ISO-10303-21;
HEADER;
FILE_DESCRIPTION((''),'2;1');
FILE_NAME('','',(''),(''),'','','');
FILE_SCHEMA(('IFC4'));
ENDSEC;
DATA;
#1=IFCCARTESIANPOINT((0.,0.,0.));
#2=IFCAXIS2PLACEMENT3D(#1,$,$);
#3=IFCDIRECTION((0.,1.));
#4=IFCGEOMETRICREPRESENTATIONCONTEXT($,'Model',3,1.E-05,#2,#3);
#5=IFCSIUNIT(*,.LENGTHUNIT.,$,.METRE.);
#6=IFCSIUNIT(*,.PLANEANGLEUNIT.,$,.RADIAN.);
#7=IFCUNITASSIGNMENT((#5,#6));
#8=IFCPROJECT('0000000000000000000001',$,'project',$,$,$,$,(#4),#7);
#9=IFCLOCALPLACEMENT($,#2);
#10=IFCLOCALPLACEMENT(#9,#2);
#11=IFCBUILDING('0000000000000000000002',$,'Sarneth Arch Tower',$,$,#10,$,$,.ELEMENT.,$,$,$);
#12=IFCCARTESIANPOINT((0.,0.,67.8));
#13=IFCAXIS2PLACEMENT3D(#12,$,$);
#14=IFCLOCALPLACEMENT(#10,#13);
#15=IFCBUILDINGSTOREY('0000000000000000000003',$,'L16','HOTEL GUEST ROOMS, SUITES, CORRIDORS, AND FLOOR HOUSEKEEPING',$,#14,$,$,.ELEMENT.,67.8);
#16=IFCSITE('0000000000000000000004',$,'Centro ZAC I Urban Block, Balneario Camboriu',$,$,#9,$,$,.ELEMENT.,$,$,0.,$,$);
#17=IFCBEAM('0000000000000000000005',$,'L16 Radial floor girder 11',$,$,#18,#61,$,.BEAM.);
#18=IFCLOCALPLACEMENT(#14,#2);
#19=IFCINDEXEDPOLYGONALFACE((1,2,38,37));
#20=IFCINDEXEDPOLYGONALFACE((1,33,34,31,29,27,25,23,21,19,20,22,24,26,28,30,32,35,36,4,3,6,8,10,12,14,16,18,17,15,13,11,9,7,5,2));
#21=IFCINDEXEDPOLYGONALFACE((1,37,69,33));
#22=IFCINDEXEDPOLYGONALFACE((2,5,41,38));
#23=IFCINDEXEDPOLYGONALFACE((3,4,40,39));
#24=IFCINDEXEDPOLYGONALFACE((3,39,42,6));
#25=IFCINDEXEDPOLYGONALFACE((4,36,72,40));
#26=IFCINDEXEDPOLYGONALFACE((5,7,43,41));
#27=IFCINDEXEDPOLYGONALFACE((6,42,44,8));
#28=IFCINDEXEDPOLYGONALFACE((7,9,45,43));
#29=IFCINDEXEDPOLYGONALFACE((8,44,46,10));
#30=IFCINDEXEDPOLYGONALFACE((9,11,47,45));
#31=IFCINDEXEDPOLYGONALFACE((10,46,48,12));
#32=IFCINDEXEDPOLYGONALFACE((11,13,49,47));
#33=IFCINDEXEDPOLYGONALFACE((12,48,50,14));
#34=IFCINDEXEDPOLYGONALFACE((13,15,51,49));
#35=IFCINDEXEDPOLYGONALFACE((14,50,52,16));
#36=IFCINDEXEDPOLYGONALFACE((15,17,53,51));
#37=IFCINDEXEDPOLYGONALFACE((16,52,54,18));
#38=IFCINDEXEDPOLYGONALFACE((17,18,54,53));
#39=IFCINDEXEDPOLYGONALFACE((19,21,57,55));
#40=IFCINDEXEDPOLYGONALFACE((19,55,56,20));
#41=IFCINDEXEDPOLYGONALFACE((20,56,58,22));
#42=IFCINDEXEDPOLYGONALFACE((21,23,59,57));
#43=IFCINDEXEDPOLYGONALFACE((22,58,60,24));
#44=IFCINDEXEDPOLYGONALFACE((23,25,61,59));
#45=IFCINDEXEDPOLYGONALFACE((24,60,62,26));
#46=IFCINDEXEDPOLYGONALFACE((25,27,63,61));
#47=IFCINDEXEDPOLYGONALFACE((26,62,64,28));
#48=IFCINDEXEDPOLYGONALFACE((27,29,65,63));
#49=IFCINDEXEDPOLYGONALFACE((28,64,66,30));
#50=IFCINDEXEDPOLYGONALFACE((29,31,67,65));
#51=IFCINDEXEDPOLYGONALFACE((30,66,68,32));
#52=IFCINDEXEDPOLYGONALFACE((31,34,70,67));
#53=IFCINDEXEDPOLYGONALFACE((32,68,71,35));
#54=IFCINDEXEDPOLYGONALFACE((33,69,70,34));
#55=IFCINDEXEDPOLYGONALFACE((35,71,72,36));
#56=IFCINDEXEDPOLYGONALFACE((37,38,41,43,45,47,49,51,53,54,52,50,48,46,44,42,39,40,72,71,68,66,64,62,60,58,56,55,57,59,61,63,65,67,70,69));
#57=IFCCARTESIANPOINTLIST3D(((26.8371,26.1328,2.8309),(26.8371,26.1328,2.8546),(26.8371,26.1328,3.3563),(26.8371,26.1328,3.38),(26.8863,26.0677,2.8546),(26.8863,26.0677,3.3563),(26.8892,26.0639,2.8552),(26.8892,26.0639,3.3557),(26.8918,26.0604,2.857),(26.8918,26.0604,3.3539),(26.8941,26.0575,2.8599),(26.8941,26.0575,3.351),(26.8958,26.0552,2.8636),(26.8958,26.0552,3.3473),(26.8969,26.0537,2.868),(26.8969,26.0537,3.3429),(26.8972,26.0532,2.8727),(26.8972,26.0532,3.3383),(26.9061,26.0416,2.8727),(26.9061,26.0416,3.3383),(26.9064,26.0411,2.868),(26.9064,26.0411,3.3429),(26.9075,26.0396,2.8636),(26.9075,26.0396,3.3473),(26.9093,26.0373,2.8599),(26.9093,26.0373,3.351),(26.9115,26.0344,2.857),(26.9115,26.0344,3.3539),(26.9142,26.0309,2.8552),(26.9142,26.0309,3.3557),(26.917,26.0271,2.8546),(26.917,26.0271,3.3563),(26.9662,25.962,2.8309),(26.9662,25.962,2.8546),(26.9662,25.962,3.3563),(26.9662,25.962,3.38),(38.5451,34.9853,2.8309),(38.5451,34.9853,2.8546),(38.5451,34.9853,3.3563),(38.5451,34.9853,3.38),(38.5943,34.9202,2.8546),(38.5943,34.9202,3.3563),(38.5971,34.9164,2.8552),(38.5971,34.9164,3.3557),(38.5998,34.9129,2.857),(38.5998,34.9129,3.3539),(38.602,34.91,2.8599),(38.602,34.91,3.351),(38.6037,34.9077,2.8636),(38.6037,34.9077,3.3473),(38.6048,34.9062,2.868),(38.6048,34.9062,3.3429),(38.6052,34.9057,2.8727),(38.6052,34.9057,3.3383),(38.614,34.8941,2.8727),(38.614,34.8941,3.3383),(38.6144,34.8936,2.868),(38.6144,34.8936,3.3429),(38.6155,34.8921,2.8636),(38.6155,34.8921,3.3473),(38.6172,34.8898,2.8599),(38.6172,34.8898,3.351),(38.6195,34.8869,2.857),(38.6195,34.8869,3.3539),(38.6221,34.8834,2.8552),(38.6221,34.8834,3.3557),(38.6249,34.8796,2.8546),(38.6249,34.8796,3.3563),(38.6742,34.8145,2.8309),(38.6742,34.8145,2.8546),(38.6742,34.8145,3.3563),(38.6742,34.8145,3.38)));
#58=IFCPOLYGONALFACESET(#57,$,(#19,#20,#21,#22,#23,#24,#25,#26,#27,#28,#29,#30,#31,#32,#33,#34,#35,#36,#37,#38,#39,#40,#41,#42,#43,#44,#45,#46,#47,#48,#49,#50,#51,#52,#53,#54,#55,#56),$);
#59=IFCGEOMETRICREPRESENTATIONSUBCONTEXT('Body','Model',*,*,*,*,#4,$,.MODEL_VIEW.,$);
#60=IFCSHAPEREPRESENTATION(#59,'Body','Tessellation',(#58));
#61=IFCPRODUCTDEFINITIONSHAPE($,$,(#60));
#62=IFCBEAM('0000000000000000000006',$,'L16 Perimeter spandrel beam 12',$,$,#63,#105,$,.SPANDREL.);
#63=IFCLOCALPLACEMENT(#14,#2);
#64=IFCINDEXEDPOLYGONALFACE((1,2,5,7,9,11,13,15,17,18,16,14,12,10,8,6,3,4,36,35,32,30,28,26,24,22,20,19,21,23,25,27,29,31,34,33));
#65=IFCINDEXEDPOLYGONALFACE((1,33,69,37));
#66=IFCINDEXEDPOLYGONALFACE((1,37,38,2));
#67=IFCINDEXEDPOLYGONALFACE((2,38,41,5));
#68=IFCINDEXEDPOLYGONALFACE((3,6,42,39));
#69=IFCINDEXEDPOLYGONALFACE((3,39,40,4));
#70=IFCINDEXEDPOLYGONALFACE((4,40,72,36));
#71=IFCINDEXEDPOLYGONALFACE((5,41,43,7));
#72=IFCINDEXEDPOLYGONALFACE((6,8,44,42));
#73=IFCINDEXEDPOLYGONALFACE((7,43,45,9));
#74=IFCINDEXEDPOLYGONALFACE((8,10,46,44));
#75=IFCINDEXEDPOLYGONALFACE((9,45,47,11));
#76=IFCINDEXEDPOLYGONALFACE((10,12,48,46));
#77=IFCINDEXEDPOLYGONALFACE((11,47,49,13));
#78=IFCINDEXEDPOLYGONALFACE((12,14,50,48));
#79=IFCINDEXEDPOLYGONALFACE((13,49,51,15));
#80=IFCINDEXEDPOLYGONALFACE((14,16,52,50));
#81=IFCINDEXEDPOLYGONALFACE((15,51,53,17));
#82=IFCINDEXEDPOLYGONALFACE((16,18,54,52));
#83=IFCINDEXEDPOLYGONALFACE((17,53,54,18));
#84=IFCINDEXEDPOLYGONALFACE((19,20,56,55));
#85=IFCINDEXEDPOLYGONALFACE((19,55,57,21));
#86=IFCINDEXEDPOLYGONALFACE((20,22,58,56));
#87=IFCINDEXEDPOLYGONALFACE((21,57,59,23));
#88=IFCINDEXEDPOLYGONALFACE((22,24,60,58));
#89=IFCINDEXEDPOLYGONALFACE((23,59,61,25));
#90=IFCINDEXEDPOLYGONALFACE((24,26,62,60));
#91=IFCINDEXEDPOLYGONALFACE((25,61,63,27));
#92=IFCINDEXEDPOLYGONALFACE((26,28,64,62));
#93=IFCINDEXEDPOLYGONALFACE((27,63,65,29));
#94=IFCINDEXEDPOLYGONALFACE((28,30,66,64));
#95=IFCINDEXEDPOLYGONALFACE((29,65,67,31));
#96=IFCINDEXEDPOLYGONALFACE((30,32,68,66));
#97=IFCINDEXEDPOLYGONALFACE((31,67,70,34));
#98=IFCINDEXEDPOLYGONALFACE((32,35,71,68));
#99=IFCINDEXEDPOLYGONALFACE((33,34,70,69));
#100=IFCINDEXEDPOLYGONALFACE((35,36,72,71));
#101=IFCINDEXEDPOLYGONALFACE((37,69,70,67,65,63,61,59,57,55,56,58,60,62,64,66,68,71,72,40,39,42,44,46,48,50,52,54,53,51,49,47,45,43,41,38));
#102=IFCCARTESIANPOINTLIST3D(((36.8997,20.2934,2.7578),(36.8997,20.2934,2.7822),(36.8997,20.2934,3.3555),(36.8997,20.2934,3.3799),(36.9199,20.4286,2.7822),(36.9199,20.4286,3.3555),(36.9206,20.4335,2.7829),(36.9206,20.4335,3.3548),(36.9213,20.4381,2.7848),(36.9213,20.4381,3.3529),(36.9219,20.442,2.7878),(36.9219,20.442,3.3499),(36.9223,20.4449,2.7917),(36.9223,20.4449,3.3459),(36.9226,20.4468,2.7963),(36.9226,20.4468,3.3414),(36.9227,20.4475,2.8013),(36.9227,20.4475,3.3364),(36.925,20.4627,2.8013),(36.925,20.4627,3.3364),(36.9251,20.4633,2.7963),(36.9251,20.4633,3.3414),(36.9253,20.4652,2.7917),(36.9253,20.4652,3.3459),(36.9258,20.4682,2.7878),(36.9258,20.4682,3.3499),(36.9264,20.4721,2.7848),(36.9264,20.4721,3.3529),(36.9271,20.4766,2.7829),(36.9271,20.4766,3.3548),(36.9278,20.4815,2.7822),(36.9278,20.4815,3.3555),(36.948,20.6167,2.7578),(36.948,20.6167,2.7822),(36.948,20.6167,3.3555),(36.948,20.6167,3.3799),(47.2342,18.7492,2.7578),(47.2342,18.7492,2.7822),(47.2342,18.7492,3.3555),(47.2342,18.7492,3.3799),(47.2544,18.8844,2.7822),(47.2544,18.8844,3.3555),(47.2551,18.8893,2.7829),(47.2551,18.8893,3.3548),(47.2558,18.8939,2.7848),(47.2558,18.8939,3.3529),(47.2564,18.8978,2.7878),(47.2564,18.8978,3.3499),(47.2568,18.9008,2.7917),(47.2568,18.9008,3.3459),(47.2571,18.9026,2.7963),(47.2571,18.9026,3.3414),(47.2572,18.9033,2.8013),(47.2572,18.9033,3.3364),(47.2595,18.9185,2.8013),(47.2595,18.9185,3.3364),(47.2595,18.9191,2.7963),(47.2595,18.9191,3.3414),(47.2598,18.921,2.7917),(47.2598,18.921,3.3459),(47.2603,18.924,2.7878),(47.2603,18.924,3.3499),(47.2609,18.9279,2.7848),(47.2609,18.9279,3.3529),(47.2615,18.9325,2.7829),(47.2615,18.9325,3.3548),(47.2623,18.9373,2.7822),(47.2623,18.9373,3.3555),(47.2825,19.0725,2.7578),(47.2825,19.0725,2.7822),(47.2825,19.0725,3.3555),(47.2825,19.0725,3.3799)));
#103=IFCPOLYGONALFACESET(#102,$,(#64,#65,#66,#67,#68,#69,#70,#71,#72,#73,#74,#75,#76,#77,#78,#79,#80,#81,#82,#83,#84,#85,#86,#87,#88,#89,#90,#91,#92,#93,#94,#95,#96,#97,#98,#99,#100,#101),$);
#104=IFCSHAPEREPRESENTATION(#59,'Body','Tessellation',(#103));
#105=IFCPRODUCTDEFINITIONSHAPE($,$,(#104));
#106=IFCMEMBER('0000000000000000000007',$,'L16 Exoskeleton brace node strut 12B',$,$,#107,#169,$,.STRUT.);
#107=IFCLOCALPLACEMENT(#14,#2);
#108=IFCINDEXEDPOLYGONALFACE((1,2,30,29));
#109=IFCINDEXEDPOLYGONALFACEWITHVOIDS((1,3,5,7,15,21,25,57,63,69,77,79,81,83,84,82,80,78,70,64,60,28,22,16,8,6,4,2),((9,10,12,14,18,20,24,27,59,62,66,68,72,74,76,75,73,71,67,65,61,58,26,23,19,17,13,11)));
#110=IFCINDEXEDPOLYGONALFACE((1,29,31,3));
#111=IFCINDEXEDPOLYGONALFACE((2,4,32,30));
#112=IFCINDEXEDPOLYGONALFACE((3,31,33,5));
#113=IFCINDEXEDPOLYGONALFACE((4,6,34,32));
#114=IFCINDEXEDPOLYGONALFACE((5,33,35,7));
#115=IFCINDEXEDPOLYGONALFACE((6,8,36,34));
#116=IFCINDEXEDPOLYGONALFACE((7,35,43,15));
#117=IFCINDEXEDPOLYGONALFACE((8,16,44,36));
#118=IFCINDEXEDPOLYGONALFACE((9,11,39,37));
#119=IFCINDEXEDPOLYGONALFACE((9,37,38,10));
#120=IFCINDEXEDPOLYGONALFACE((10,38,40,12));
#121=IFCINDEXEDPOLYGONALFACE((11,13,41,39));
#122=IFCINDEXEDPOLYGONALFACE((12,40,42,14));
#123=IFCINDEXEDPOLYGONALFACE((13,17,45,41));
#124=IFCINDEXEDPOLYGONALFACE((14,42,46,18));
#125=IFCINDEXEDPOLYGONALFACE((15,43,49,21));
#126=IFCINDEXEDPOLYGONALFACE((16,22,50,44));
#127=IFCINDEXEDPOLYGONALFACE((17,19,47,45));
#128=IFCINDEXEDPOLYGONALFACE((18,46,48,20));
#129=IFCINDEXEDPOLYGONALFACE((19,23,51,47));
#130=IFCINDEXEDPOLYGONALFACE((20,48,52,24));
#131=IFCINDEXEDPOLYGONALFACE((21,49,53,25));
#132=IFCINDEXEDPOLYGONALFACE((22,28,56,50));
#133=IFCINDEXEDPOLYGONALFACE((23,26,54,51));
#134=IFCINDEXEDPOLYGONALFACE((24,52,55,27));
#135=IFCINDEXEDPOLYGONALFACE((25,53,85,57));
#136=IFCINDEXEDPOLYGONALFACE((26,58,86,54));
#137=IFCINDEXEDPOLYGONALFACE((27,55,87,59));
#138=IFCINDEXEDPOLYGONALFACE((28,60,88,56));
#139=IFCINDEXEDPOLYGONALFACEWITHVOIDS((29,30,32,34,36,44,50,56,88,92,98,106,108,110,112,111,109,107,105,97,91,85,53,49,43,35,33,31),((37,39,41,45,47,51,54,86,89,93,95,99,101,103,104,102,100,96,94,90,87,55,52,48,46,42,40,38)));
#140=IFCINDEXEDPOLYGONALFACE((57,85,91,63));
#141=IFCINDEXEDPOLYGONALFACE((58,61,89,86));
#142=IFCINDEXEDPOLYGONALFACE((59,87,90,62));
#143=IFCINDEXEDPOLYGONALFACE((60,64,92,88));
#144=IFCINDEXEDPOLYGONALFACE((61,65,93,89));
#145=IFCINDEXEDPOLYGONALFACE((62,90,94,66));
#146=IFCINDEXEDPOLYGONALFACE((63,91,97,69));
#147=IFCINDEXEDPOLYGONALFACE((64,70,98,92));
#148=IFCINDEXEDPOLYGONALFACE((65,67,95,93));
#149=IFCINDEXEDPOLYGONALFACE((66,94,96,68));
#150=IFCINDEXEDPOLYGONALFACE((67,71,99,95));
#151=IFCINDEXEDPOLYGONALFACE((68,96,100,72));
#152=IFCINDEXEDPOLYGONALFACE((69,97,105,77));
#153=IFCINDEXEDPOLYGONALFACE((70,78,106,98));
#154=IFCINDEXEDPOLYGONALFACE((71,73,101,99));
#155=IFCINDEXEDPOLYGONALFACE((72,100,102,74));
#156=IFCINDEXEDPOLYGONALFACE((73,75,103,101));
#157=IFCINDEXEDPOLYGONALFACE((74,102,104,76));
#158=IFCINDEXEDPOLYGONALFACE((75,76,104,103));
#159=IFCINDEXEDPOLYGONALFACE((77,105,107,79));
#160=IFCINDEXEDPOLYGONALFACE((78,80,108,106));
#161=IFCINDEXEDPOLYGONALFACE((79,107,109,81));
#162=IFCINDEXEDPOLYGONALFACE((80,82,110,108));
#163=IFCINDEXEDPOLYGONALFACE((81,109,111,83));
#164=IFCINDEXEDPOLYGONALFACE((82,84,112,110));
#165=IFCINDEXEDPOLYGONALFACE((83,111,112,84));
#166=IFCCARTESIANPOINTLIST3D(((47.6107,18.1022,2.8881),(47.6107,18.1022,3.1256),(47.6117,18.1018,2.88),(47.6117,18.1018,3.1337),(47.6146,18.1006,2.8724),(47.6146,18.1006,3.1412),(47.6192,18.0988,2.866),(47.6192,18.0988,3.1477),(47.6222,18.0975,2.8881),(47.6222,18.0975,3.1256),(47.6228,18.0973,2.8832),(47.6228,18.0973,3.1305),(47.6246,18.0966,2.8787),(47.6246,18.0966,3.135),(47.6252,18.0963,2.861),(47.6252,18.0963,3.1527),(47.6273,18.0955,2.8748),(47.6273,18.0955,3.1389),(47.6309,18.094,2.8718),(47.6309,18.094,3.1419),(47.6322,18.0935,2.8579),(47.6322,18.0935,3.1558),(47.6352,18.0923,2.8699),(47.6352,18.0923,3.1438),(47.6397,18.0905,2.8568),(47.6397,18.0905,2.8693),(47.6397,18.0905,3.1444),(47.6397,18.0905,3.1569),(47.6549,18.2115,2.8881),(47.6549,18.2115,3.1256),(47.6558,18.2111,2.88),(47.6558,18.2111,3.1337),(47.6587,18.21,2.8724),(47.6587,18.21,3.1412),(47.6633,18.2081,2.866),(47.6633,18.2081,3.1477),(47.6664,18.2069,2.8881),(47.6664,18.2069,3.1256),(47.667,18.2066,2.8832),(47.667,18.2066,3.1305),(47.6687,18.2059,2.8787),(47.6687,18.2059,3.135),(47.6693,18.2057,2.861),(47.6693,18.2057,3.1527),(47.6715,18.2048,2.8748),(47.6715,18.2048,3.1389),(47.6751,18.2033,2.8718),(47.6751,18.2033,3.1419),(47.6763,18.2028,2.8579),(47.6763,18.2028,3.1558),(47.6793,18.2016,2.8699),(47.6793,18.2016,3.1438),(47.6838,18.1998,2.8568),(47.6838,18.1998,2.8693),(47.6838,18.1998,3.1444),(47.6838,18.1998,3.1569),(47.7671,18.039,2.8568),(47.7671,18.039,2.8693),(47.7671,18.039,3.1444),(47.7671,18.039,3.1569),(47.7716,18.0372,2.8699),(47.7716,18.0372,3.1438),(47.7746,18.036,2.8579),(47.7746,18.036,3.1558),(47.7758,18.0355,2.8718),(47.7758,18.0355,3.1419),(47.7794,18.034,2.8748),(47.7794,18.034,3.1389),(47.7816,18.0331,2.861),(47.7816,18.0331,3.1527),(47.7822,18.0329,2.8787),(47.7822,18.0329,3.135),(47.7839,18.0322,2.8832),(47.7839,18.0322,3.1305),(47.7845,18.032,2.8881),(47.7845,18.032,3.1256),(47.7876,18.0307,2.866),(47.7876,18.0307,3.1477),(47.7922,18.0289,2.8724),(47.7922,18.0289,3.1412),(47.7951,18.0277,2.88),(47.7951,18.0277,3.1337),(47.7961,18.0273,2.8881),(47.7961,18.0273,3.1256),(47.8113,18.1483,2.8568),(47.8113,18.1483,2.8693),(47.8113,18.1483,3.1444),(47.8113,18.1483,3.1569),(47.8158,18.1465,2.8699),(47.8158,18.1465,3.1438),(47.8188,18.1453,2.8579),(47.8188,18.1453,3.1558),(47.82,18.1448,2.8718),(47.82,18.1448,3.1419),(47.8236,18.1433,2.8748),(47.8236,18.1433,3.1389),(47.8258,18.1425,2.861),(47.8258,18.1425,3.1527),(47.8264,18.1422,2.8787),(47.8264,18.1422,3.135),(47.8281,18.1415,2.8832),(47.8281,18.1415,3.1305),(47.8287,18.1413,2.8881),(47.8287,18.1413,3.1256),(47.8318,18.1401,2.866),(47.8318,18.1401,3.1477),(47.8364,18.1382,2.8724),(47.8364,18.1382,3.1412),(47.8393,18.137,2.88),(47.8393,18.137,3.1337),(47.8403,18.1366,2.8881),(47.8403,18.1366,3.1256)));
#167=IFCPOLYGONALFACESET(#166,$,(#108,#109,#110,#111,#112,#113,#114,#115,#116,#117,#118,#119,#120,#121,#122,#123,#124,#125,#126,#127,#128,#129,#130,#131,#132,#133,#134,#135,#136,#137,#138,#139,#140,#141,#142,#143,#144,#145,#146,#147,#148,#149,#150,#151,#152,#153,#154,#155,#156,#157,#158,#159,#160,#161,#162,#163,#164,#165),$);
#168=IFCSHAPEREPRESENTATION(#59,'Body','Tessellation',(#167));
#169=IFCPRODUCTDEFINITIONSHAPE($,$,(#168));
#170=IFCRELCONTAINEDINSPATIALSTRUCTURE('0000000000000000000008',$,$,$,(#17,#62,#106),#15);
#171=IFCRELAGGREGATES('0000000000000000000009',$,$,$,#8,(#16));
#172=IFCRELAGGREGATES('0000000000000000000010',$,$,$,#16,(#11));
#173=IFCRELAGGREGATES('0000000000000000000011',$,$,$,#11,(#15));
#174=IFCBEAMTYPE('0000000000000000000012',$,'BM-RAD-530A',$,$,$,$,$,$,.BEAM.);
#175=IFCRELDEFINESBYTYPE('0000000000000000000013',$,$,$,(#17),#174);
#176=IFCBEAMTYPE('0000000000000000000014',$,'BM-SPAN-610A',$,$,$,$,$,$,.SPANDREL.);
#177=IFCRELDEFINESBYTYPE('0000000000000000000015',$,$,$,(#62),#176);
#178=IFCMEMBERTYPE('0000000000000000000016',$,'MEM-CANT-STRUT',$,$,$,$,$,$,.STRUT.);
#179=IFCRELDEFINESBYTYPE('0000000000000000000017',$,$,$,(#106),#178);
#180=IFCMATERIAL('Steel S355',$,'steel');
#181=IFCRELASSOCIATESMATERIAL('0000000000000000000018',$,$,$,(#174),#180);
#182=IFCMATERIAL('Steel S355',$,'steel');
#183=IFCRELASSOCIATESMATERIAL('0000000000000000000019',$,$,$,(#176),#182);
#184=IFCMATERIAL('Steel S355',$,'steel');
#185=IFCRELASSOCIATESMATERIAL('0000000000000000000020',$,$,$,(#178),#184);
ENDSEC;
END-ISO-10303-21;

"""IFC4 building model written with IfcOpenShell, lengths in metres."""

from ifc_helpers import new_model, si_unit, direction, frame, origin, origin_2d, place, context, subcontext, project, spatial, hollow_rectangle, i_section, extrude, material, material_profile, profile_set, type_object, element, save


model = new_model("IFC4")

# Units and contexts
model_context = context("Model", 3, precision=1e-05, world=origin(), true_north=direction((0.0, 1.0)))
body_context = subcontext(model_context, "Body", "Model", "MODEL_VIEW")
ifc_project = project(units=[si_unit("LENGTHUNIT", "METRE"), si_unit("PLANEANGLEUNIT", "RADIAN")], contexts=[model_context])

# Site, building, storey
site_placement = place(None, origin())
site = spatial("IfcSite", under=ifc_project, at=site_placement, Name="Centro ZAC I Urban Block, Balneario Camboriu", CompositionType="ELEMENT", RefElevation=0.0)
building_placement = place(site_placement, origin())
building = spatial("IfcBuilding", under=site, at=building_placement, Name="Sarneth Arch Tower", CompositionType="ELEMENT")
storey_placement = place(building_placement, frame((0.0, 0.0, 67.8)))
storey = spatial("IfcBuildingStorey", under=building, at=storey_placement, Name="L16", Description="HOTEL GUEST ROOMS, SUITES, CORRIDORS, AND FLOOR HOUSEKEEPING", CompositionType="ELEMENT", Elevation=67.8)

# Beams
ifc_material_1 = material(Name="Steel S355", Category="steel")
ifc_material_profile_1 = material_profile(ifc_material_1, i_section(OverallWidth=0.2141, OverallDepth=0.5491, WebThickness=0.0146, FlangeThickness=0.0237, FilletRadius=0.0181, at=origin_2d()), Name="W530x138")
ifc_profile_set_1 = profile_set([ifc_material_profile_1], Name="Steel S355")
beam_type_1 = type_object("IfcBeamType", Name="BM-RAD-530A", PredefinedType="BEAM", material=ifc_profile_set_1)
beam_1_placement = place(storey_placement, frame((38.6096, 34.8999, 3.1055), z_axis=(-0.797655, -0.603114, 0.0), x_axis=(0.603114, -0.797655, 0.0)))
element("IfcBeam", 1, at=beam_1_placement, inside=storey, type_object=beam_type_1, Name="L16 Radial floor girder 11", PredefinedType="BEAM", context=body_context, shape_type="SweptSolid", body=[
    extrude(i_section(OverallWidth=0.2141, OverallDepth=0.5491, WebThickness=0.0146, FlangeThickness=0.0237, FilletRadius=0.0181, at=origin_2d()), origin(), (0.0, 0.0, 1.0), 14.678),
])
ifc_material_2 = material(Name="Steel S355", Category="steel")
ifc_material_profile_2 = material_profile(ifc_material_2, i_section(OverallWidth=0.3269, OverallDepth=0.6221, WebThickness=0.0154, FlangeThickness=0.0244, FilletRadius=0.019, at=origin_2d()), Name="W610x195")
ifc_profile_set_2 = profile_set([ifc_material_profile_2], Name="Steel S355")
beam_type_2 = type_object("IfcBeamType", Name="BM-SPAN-610A", PredefinedType="SPANDREL", material=ifc_profile_set_2)
beam_2_placement = place(storey_placement, frame((36.9238, 20.4551, 3.0688), z_axis=(0.98902, -0.147781, 0.0), x_axis=(0.147781, 0.98902, 0.0)))
element("IfcBeam", 2, at=beam_2_placement, inside=storey, type_object=beam_type_2, Name="L16 Perimeter spandrel beam 12", PredefinedType="SPANDREL", context=body_context, shape_type="SweptSolid", body=[
    extrude(i_section(OverallWidth=0.3269, OverallDepth=0.6221, WebThickness=0.0154, FlangeThickness=0.0244, FilletRadius=0.019, at=origin_2d()), origin(), (0.0, 0.0, 1.0), 10.4492),
])

# Member
ifc_material_3 = material(Name="Steel S355", Category="steel")
ifc_material_profile_3 = material_profile(ifc_material_3, hollow_rectangle(XDim=0.2, YDim=0.3, WallThickness=0.0125, InnerFilletRadius=0.0188, OuterFilletRadius=0.0312, at=origin_2d()), Name="RHS300x200x12.5")
ifc_profile_set_3 = profile_set([ifc_material_profile_3], Name="Steel S355")
member_type_1 = type_object("IfcMemberType", Name="MEM-CANT-STRUT", PredefinedType="STRUT", material=ifc_profile_set_3)
member_1_placement = place(storey_placement, frame((47.7476, 18.1741, 3.0068), z_axis=(-0.3746, -0.927187, 0.0), x_axis=(0.927187, -0.3746, 0.0)))
element("IfcMember", 3, at=member_1_placement, inside=storey, type_object=member_type_1, Name="L16 Exoskeleton brace node strut 12B", PredefinedType="STRUT", context=body_context, shape_type="SweptSolid", body=[
    extrude(hollow_rectangle(XDim=0.2, YDim=0.3, WallThickness=0.0125, InnerFilletRadius=0.0188, OuterFilletRadius=0.0312, at=origin_2d()), origin(), (0.0, 0.0, 1.0), 0.1179),
])

save(model, "model.ifc")
